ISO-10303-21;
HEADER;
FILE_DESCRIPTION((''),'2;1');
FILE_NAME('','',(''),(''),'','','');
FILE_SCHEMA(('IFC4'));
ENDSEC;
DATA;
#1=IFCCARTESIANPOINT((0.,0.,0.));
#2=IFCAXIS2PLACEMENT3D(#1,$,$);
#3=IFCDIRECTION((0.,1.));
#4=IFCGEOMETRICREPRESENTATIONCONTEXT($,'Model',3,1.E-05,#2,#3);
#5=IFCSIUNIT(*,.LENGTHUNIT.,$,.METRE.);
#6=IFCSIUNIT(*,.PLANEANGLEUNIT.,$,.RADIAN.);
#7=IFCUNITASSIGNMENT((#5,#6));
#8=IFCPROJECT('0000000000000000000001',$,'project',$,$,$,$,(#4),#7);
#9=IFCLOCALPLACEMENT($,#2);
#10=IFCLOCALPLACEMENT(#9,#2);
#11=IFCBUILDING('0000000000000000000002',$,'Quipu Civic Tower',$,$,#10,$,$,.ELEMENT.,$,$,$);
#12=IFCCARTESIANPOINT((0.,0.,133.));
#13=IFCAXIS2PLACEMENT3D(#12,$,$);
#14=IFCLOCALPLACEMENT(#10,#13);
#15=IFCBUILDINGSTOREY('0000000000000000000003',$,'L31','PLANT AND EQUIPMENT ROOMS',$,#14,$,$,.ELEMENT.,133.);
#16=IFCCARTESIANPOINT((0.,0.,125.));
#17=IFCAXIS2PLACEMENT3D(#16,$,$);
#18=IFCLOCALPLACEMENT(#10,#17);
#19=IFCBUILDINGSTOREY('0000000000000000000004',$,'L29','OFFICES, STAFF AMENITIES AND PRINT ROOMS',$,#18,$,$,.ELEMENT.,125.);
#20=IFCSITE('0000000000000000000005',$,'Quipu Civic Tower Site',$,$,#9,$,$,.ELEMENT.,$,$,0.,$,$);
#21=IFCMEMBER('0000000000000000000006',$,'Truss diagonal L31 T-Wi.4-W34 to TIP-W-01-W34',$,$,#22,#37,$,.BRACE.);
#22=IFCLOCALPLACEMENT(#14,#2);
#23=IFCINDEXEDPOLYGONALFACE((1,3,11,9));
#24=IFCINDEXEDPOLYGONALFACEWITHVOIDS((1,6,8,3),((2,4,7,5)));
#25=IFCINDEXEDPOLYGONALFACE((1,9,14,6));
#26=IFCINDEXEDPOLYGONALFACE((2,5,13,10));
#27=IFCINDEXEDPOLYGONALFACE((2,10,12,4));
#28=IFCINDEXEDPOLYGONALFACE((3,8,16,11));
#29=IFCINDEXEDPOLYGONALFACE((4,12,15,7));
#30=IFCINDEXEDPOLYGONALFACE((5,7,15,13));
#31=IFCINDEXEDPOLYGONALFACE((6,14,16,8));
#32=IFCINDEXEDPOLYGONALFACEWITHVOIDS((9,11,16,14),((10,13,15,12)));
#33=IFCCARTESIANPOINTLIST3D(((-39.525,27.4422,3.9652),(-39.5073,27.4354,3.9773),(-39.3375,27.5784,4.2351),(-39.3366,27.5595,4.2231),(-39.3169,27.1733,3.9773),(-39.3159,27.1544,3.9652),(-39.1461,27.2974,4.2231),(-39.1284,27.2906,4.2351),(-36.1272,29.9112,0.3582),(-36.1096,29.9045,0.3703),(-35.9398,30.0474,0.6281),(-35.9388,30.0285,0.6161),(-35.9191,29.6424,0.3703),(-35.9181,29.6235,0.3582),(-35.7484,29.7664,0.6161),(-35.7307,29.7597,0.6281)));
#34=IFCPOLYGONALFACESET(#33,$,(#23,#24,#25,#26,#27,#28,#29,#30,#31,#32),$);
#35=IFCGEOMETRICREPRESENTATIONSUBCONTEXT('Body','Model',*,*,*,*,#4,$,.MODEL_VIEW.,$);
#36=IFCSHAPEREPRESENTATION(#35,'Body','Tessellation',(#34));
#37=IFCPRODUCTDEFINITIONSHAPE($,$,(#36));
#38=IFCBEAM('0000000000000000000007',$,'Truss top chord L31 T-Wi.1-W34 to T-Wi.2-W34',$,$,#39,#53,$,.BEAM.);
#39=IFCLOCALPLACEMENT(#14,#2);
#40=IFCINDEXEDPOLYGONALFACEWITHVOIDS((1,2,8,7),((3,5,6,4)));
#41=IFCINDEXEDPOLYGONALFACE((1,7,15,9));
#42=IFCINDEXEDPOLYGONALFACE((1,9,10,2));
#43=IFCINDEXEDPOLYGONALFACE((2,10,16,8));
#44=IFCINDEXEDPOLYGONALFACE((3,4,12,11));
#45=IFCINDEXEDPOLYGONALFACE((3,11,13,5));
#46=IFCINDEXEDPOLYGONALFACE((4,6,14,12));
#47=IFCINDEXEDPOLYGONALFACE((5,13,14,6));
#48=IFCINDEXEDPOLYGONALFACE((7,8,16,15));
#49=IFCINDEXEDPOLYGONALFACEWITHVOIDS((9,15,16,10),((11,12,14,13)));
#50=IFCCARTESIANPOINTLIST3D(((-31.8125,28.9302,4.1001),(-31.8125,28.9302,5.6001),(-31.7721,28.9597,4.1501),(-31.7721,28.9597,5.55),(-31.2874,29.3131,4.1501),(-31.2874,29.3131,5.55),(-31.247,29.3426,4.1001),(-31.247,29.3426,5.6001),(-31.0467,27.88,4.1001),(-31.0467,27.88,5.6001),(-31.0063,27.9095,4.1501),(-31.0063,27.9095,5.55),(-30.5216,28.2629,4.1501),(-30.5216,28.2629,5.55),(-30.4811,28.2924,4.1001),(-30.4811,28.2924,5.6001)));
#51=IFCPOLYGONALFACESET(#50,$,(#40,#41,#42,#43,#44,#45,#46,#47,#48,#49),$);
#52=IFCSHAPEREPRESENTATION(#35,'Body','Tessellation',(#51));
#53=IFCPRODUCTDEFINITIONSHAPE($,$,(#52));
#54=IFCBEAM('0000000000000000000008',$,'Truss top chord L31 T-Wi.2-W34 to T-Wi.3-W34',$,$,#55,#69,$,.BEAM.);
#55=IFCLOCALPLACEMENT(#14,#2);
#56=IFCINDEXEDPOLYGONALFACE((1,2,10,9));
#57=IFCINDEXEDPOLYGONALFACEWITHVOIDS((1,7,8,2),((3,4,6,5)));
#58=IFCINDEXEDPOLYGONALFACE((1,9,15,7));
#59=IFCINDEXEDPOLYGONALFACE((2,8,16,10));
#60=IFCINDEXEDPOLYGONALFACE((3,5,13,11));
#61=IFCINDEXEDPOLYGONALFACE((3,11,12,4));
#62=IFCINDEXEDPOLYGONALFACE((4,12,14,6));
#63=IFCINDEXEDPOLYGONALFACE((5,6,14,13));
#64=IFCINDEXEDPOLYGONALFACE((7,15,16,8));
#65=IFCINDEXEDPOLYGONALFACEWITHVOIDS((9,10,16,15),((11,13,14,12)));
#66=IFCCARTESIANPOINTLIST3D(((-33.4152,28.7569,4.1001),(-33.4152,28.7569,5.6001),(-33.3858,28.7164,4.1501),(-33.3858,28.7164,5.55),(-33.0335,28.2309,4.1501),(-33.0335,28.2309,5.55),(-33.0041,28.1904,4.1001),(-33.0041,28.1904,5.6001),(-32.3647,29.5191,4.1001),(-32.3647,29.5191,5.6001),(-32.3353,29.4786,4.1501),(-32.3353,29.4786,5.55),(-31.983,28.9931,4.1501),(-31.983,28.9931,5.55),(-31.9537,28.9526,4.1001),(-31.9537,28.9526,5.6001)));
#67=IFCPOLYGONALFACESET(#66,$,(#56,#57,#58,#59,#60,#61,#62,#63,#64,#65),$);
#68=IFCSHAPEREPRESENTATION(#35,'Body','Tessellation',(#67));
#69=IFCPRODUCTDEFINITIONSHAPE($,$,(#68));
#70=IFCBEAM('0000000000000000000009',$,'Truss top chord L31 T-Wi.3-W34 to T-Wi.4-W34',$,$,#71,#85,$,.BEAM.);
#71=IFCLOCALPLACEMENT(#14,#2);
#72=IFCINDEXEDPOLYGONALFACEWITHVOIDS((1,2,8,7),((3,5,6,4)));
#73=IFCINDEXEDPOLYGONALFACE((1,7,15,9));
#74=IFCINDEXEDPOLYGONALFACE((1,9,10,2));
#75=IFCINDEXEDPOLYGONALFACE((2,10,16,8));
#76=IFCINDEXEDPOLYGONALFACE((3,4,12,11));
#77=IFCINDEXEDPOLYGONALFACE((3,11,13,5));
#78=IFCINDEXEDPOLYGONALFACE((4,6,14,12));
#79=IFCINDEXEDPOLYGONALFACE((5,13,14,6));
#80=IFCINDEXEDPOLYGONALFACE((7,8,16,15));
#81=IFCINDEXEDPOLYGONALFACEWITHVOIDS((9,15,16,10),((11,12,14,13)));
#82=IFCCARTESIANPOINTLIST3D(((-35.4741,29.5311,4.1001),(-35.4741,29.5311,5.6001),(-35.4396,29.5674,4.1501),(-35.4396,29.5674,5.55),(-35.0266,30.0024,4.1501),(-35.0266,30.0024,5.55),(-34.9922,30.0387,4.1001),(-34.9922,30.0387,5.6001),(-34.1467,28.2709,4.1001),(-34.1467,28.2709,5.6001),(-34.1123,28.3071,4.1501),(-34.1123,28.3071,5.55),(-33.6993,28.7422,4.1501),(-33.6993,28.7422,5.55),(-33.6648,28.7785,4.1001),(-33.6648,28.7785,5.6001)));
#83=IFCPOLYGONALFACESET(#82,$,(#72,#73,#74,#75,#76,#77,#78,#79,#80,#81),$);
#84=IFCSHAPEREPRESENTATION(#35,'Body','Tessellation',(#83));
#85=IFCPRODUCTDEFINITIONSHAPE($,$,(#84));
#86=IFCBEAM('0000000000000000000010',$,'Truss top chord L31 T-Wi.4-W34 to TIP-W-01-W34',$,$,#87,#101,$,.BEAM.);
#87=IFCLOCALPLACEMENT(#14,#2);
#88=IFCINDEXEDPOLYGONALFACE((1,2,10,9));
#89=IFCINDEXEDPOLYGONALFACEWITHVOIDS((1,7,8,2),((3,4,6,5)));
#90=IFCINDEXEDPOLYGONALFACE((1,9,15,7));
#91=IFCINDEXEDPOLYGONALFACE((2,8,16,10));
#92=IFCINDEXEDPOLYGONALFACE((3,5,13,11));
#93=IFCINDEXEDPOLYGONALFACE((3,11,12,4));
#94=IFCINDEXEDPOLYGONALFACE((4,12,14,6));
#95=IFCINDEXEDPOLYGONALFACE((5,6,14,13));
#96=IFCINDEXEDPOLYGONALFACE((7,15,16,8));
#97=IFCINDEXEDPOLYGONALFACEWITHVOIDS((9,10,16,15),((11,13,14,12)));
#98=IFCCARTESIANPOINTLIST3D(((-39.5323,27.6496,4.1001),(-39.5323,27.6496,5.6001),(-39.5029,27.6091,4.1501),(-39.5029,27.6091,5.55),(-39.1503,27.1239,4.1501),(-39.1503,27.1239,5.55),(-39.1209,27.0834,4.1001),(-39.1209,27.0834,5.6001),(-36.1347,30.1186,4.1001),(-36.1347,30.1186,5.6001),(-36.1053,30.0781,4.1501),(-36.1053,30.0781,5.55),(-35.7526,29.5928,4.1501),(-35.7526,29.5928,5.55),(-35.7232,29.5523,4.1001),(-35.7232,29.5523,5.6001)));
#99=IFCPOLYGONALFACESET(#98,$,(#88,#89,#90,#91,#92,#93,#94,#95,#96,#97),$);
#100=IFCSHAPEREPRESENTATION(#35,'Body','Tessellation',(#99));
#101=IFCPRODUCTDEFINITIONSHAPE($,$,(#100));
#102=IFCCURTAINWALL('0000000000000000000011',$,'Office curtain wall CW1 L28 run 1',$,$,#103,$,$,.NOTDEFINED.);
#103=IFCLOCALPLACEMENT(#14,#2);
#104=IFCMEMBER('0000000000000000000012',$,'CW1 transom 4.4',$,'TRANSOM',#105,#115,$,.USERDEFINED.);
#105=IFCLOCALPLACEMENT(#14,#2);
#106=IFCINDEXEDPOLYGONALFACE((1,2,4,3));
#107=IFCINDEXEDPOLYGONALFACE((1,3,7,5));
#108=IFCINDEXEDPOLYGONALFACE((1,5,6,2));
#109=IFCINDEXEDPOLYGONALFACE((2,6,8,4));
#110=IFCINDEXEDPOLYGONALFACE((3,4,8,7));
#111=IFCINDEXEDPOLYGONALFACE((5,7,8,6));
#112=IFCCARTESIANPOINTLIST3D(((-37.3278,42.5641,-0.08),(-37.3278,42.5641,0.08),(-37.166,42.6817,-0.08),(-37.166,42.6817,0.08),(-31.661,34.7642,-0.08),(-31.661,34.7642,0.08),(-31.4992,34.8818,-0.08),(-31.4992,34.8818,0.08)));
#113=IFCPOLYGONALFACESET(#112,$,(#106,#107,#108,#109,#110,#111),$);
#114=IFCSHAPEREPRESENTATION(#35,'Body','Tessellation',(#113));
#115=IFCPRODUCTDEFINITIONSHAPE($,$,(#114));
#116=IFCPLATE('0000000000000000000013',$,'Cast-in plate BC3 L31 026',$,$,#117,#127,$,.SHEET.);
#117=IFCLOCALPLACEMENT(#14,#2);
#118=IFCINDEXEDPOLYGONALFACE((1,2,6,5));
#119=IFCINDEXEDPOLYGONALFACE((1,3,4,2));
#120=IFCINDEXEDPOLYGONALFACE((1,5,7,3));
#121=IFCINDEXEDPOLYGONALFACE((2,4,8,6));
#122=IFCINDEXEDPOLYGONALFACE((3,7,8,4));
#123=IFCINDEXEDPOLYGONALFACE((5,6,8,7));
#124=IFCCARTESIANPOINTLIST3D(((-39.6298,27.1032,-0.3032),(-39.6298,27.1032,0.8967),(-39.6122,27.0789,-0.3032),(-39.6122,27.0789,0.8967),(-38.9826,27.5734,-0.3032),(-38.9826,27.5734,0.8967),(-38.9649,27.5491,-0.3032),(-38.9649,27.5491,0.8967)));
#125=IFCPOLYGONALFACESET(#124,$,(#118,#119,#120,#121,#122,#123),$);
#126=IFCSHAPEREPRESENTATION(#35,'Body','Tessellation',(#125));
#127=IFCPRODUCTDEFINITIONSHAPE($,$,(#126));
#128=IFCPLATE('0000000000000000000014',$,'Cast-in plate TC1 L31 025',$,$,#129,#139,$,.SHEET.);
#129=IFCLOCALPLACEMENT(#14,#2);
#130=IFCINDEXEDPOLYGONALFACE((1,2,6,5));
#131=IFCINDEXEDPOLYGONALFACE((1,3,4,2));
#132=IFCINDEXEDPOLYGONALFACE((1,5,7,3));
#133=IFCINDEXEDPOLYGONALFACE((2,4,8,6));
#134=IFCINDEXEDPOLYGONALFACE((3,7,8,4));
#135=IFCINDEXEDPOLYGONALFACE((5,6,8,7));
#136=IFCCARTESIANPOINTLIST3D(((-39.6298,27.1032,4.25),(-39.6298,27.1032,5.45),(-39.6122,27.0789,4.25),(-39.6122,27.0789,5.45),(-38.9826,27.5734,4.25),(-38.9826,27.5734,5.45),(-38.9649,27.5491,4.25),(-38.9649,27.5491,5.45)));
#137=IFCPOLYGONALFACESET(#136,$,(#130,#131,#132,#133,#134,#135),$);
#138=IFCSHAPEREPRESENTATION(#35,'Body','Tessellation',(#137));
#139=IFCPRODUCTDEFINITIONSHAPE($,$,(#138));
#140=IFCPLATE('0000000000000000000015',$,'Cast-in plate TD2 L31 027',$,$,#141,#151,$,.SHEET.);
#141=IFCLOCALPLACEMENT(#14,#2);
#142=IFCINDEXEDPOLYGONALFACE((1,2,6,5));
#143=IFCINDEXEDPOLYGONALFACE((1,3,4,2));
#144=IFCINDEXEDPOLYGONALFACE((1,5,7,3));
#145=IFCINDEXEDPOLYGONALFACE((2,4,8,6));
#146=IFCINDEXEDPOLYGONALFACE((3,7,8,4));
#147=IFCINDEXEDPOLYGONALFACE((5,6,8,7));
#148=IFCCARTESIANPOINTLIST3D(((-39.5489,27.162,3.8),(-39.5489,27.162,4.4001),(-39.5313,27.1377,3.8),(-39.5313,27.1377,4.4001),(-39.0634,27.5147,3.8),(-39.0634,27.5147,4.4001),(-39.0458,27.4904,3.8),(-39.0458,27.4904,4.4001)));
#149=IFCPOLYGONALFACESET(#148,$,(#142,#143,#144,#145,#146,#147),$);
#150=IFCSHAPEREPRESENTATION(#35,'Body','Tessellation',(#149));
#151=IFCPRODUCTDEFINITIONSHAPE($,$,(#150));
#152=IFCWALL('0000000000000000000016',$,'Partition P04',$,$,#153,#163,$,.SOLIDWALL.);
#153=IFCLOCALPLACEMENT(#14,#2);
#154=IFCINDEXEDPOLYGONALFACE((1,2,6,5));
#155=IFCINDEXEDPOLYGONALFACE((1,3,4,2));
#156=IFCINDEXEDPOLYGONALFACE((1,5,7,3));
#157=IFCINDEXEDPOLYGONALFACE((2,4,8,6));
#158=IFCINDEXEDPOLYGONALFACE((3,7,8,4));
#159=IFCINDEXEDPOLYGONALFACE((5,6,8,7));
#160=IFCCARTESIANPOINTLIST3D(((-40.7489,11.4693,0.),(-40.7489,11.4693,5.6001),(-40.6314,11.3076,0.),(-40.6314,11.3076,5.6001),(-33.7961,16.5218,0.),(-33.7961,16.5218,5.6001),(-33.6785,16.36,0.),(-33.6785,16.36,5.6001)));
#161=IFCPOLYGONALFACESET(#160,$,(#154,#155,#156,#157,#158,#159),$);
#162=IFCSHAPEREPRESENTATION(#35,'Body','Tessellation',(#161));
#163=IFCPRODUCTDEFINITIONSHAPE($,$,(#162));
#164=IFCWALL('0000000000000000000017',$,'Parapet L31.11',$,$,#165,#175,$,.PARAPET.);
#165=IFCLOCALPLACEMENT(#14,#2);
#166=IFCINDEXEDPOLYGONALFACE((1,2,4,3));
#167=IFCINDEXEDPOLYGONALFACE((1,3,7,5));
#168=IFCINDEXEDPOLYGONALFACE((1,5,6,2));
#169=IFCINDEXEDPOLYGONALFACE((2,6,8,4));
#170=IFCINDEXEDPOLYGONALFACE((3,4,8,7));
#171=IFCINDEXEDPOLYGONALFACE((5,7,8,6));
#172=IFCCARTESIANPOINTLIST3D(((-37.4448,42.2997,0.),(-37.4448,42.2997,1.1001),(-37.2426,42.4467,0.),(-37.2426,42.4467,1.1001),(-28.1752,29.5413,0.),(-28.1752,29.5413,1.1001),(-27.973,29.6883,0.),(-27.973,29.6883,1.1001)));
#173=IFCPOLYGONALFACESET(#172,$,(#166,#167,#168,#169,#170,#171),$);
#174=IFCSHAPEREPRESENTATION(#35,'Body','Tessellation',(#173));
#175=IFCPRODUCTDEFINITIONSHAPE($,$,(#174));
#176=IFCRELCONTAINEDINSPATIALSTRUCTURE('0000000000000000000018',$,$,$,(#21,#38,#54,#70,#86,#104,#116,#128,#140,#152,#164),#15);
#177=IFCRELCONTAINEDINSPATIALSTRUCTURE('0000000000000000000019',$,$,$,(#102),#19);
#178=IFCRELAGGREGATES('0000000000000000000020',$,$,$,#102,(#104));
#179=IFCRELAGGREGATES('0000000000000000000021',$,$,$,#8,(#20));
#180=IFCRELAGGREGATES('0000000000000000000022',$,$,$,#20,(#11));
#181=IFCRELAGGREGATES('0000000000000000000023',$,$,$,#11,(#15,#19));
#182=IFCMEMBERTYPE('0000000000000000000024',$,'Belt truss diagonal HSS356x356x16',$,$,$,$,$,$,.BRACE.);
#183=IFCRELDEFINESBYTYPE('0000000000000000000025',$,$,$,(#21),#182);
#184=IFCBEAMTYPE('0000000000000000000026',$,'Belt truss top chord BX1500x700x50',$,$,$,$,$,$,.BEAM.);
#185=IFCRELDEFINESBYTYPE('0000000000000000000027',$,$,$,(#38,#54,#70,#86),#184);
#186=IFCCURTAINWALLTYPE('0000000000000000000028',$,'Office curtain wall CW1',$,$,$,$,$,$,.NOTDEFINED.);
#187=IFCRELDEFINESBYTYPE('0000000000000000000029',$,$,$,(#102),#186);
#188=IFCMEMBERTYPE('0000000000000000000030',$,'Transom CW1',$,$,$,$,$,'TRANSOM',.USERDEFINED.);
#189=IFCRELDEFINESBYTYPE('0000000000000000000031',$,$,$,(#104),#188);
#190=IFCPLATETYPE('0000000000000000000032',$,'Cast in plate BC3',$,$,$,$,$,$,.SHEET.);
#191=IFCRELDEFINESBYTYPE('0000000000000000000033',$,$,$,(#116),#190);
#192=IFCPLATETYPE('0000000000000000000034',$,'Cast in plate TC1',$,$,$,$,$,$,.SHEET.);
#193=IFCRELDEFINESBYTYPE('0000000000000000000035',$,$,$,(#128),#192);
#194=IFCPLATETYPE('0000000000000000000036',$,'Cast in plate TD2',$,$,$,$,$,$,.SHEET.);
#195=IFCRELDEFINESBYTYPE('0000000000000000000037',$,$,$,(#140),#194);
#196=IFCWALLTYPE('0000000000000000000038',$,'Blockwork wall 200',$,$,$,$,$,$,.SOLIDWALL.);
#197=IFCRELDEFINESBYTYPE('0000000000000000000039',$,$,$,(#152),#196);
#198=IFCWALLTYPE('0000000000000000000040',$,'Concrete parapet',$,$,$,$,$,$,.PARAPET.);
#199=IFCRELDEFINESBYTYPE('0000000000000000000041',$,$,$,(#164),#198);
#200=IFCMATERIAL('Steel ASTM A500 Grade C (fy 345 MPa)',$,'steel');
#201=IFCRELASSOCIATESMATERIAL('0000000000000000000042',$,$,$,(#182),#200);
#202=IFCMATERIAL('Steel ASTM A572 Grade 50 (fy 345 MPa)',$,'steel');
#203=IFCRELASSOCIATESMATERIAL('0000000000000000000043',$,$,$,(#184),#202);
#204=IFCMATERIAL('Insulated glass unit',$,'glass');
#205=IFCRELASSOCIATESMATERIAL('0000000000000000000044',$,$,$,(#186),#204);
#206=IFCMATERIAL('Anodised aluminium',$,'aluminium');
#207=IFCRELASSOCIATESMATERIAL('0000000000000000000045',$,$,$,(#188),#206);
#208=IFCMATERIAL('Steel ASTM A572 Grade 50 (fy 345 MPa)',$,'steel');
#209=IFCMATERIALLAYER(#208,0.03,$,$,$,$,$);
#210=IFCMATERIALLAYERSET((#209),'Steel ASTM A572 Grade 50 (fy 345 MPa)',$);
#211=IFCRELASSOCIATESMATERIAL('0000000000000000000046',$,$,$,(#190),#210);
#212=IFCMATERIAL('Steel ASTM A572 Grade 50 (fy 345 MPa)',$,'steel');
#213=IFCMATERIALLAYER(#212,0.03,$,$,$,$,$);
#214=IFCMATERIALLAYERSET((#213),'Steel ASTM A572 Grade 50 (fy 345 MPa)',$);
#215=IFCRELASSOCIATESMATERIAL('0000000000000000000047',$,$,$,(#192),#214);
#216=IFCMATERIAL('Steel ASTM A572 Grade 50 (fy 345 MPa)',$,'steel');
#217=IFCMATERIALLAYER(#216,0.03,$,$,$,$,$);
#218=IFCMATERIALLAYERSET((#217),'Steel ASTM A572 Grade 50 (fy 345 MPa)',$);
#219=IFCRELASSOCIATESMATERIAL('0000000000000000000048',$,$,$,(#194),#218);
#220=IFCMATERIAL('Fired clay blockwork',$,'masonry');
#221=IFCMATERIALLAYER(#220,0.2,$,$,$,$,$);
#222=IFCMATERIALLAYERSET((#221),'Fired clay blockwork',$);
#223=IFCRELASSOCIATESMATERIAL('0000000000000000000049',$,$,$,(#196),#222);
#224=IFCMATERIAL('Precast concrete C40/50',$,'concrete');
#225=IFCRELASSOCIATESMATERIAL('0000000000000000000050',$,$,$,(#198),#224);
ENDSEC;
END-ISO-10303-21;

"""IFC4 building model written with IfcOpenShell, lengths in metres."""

from ifc_helpers import new_model, si_unit, direction, frame, frame_2d, origin, origin_2d, place, context, subcontext, project, spatial, rectangle, hollow_rectangle, extrude, material, layer, layer_set, material_profile, profile_set, type_object, element, aggregate, save


model = new_model("IFC4")

# Units and contexts
model_context = context("Model", 3, precision=1e-05, world=origin(), true_north=direction((0.0, 1.0)))
body_context = subcontext(model_context, "Body", "Model", "MODEL_VIEW")
ifc_project = project(units=[si_unit("LENGTHUNIT", "METRE"), si_unit("PLANEANGLEUNIT", "RADIAN")], contexts=[model_context])

# Site, building, storey
site_placement = place(None, origin())
site = spatial("IfcSite", under=ifc_project, at=site_placement, Name="Quipu Civic Tower Site", CompositionType="ELEMENT", RefElevation=0.0)
building_placement = place(site_placement, origin())
building = spatial("IfcBuilding", under=site, at=building_placement, Name="Quipu Civic Tower", CompositionType="ELEMENT")
storey_1_placement = place(building_placement, frame((0.0, 0.0, 133.0)))
storey_1 = spatial("IfcBuildingStorey", under=building, at=storey_1_placement, Name="L31", Description="PLANT AND EQUIPMENT ROOMS", CompositionType="ELEMENT", Elevation=133.0)

# Member
ifc_material_1 = material(Name="Steel ASTM A500 Grade C (fy 345 MPa)", Category="steel")
ifc_material_profile_1 = material_profile(ifc_material_1, hollow_rectangle(XDim=0.3557, YDim=0.3557, WallThickness=0.0159, at=origin_2d()), Name="HSS356x356x16")
ifc_profile_set_1 = profile_set([ifc_material_profile_1], Name="Steel ASTM A500 Grade C (fy 345 MPa)")
member_type_1 = type_object("IfcMemberType", Name="Belt truss diagonal HSS356x356x16", PredefinedType="BRACE", material=ifc_profile_set_1)
member_1_placement = place(storey_1_placement, frame((-35.929, 29.8354, 0.4932), z_axis=(-0.613717, -0.445967, 0.65151), x_axis=(0.58785, -0.80897, 0.0)))
element("IfcMember", 1, at=member_1_placement, inside=storey_1, type_object=member_type_1, Name="Truss diagonal L31 T-Wi.4-W34 to TIP-W-01-W34", PredefinedType="BRACE", context=body_context, shape_type="SweptSolid", body=[
    extrude(hollow_rectangle(XDim=0.3557, YDim=0.3557, WallThickness=0.0159, at=origin_2d()), origin(), (0.0, 0.0, 1.0), 5.5364),
])

# Beams
ifc_material_2 = material(Name="Steel ASTM A572 Grade 50 (fy 345 MPa)", Category="steel")
ifc_material_profile_2 = material_profile(ifc_material_2, hollow_rectangle(XDim=0.7, YDim=1.5, WallThickness=0.05, at=origin_2d()), Name="BX1500x700x50")
ifc_profile_set_2 = profile_set([ifc_material_profile_2], Name="Steel ASTM A572 Grade 50 (fy 345 MPa)")
beam_type_1 = type_object("IfcBeamType", Name="Belt truss top chord BX1500x700x50", PredefinedType="BEAM", material=ifc_profile_set_2)
beam_1_placement = place(storey_1_placement, frame((-30.7639, 28.0862, 4.8501), z_axis=(-0.589187, 0.807996, 0.0), x_axis=(-0.807996, -0.589187, 0.0)))
element("IfcBeam", 2, at=beam_1_placement, inside=storey_1, type_object=beam_type_1, Name="Truss top chord L31 T-Wi.1-W34 to T-Wi.2-W34", PredefinedType="BEAM", context=body_context, shape_type="SweptSolid", body=[
    extrude(hollow_rectangle(XDim=0.7, YDim=1.5, WallThickness=0.05, at=origin_2d()), origin(), (0.0, 0.0, 1.0), 1.2998),
])
beam_2_placement = place(storey_1_placement, frame((-32.1592, 29.2358, 4.8501), z_axis=(-0.809403, -0.587254, 0.0), x_axis=(0.587254, -0.809403, 0.0)))
element("IfcBeam", 3, at=beam_2_placement, inside=storey_1, type_object=beam_type_1, Name="Truss top chord L31 T-Wi.2-W34 to T-Wi.3-W34", PredefinedType="BEAM", context=body_context, shape_type="SweptSolid", body=[
    extrude(hollow_rectangle(XDim=0.7, YDim=1.5, WallThickness=0.05, at=origin_2d()), origin(), (0.0, 0.0, 1.0), 1.2979),
])
beam_3_placement = place(storey_1_placement, frame((-33.9058, 28.5247, 4.8501), z_axis=(-0.725209, 0.688529, 0.0), x_axis=(-0.688529, -0.725209, 0.0)))
element("IfcBeam", 4, at=beam_3_placement, inside=storey_1, type_object=beam_type_1, Name="Truss top chord L31 T-Wi.3-W34 to T-Wi.4-W34", PredefinedType="BEAM", context=body_context, shape_type="SweptSolid", body=[
    extrude(hollow_rectangle(XDim=0.7, YDim=1.5, WallThickness=0.05, at=origin_2d()), origin(), (0.0, 0.0, 1.0), 1.8303),
])
beam_4_placement = place(storey_1_placement, frame((-35.929, 29.8354, 4.8501), z_axis=(-0.80897, -0.58785, 0.0), x_axis=(0.58785, -0.80897, 0.0)))
element("IfcBeam", 5, at=beam_4_placement, inside=storey_1, type_object=beam_type_1, Name="Truss top chord L31 T-Wi.4-W34 to TIP-W-01-W34", PredefinedType="BEAM", context=body_context, shape_type="SweptSolid", body=[
    extrude(hollow_rectangle(XDim=0.7, YDim=1.5, WallThickness=0.05, at=origin_2d()), origin(), (0.0, 0.0, 1.0), 4.2),
])

# Shared definitions
storey_2_placement = place(building_placement, frame((0.0, 0.0, 125.0)))
storey_2 = spatial("IfcBuildingStorey", under=building, at=storey_2_placement, Name="L29", Description="OFFICES, STAFF AMENITIES AND PRINT ROOMS", CompositionType="ELEMENT", Elevation=125.0)

# Curtain wall, member
ifc_material_3 = material(Name="Insulated glass unit", Category="glass")
curtain_wall_type = type_object("IfcCurtainWallType", Name="Office curtain wall CW1", PredefinedType="NOTDEFINED", material=ifc_material_3)
curtain_wall_placement = place(storey_2_placement, origin())
curtain_wall = element("IfcCurtainWall", 6, at=curtain_wall_placement, inside=storey_2, type_object=curtain_wall_type, Name="Office curtain wall CW1 L28 run 1", PredefinedType="NOTDEFINED")
ifc_material_4 = material(Name="Anodised aluminium", Category="aluminium")
ifc_material_profile_3 = material_profile(ifc_material_4, rectangle(XDim=0.2, YDim=0.1599, at=origin_2d()), Name="RECT 200x160")
ifc_profile_set_3 = profile_set([ifc_material_profile_3], Name="Anodised aluminium")
member_type_2 = type_object("IfcMemberType", Name="Transom CW1", ElementType="TRANSOM", PredefinedType="USERDEFINED", material=ifc_profile_set_3)
member_2_placement = place(storey_1_placement, frame((-31.5801, 34.823, 0.0), z_axis=(-0.587776, 0.809024, 0.0), x_axis=(-0.809024, -0.587776, 0.0)))
member_2 = element("IfcMember", 7, at=member_2_placement, inside=storey_1, type_object=member_type_2, Name="CW1 transom 4.4", ObjectType="TRANSOM", PredefinedType="USERDEFINED", context=body_context, shape_type="SweptSolid", body=[
    extrude(rectangle(XDim=0.2, YDim=0.1599, at=origin_2d()), origin(), (0.0, 0.0, 1.0), 9.6411),
])
aggregate(curtain_wall, [member_2])

# Plates
ifc_material_5 = material(Name="Steel ASTM A572 Grade 50 (fy 345 MPa)", Category="steel")
ifc_layer_1 = layer(ifc_material_5, 0.03)
ifc_layer_set_1 = layer_set([ifc_layer_1], Name="Steel ASTM A572 Grade 50 (fy 345 MPa)")
plate_type_1 = type_object("IfcPlateType", Name="Cast in plate BC3", PredefinedType="SHEET", material=ifc_layer_set_1)
plate_1_placement = place(storey_1_placement, frame((-39.2974, 27.3262, -0.3032), z_axis=(0.0, 0.0, 1.0), x_axis=(0.809027, 0.587771, 0.0)))
element("IfcPlate", 8, at=plate_1_placement, inside=storey_1, type_object=plate_type_1, Name="Cast-in plate BC3 L31 026", PredefinedType="SHEET", context=body_context, shape_type="SweptSolid", body=[
    extrude(rectangle(XDim=0.8, YDim=0.03, at=origin_2d()), origin(), (0.0, 0.0, 1.0), 1.2),
])
ifc_material_6 = material(Name="Steel ASTM A572 Grade 50 (fy 345 MPa)", Category="steel")
ifc_layer_2 = layer(ifc_material_6, 0.03)
ifc_layer_set_2 = layer_set([ifc_layer_2], Name="Steel ASTM A572 Grade 50 (fy 345 MPa)")
plate_type_2 = type_object("IfcPlateType", Name="Cast in plate TC1", PredefinedType="SHEET", material=ifc_layer_set_2)
plate_2_placement = place(storey_1_placement, frame((-39.2974, 27.3262, 4.25), z_axis=(0.0, 0.0, 1.0), x_axis=(0.809027, 0.587771, 0.0)))
element("IfcPlate", 9, at=plate_2_placement, inside=storey_1, type_object=plate_type_2, Name="Cast-in plate TC1 L31 025", PredefinedType="SHEET", context=body_context, shape_type="SweptSolid", body=[
    extrude(rectangle(XDim=0.8, YDim=0.03, at=origin_2d()), origin(), (0.0, 0.0, 1.0), 1.2),
])
ifc_material_7 = material(Name="Steel ASTM A572 Grade 50 (fy 345 MPa)", Category="steel")
ifc_layer_3 = layer(ifc_material_7, 0.03)
ifc_layer_set_3 = layer_set([ifc_layer_3], Name="Steel ASTM A572 Grade 50 (fy 345 MPa)")
plate_type_3 = type_object("IfcPlateType", Name="Cast in plate TD2", PredefinedType="SHEET", material=ifc_layer_set_3)
plate_3_placement = place(storey_1_placement, frame((-39.2974, 27.3262, 3.8), z_axis=(0.0, 0.0, 1.0), x_axis=(0.809027, 0.587771, 0.0)))
element("IfcPlate", 10, at=plate_3_placement, inside=storey_1, type_object=plate_type_3, Name="Cast-in plate TD2 L31 027", PredefinedType="SHEET", context=body_context, shape_type="SweptSolid", body=[
    extrude(rectangle(XDim=0.6001, YDim=0.03, at=origin_2d()), origin(), (0.0, 0.0, 1.0), 0.6001),
])

# Walls
ifc_material_8 = material(Name="Fired clay blockwork", Category="masonry")
ifc_layer_4 = layer(ifc_material_8, 0.2)
ifc_layer_set_4 = layer_set([ifc_layer_4], Name="Fired clay blockwork")
wall_type_1 = type_object("IfcWallType", Name="Blockwork wall 200", PredefinedType="SOLIDWALL", material=ifc_layer_set_4)
wall_1_placement = place(storey_1_placement, frame((-33.7373, 16.4409, 0.0), z_axis=(0.0, 0.0, 1.0), x_axis=(-0.808966, -0.587856, 0.0)))
element("IfcWall", 11, at=wall_1_placement, inside=storey_1, type_object=wall_type_1, Name="Partition P04", PredefinedType="SOLIDWALL", context=body_context, shape_type="SweptSolid", body=[
    extrude(rectangle(XDim=8.5947, YDim=0.2, at=frame_2d((4.2974, 0.0))), origin(), (0.0, 0.0, 1.0), 5.6001),
])
ifc_material_9 = material(Name="Precast concrete C40/50", Category="concrete")
wall_type_2 = type_object("IfcWallType", Name="Concrete parapet", PredefinedType="PARAPET", material=ifc_material_9)
wall_2_placement = place(storey_1_placement, frame((-37.3438, 42.3733, 0.0), z_axis=(0.0, 0.0, 1.0), x_axis=(0.587789, -0.809014, 0.0)))
element("IfcWall", 12, at=wall_2_placement, inside=storey_1, type_object=wall_type_2, Name="Parapet L31.11", PredefinedType="PARAPET", context=body_context, shape_type="SweptSolid", body=[
    extrude(rectangle(XDim=15.7703, YDim=0.25, at=frame_2d((7.8853, 0.0))), origin(), (0.0, 0.0, 1.0), 1.1001),
])

save(model, "model.ifc")
